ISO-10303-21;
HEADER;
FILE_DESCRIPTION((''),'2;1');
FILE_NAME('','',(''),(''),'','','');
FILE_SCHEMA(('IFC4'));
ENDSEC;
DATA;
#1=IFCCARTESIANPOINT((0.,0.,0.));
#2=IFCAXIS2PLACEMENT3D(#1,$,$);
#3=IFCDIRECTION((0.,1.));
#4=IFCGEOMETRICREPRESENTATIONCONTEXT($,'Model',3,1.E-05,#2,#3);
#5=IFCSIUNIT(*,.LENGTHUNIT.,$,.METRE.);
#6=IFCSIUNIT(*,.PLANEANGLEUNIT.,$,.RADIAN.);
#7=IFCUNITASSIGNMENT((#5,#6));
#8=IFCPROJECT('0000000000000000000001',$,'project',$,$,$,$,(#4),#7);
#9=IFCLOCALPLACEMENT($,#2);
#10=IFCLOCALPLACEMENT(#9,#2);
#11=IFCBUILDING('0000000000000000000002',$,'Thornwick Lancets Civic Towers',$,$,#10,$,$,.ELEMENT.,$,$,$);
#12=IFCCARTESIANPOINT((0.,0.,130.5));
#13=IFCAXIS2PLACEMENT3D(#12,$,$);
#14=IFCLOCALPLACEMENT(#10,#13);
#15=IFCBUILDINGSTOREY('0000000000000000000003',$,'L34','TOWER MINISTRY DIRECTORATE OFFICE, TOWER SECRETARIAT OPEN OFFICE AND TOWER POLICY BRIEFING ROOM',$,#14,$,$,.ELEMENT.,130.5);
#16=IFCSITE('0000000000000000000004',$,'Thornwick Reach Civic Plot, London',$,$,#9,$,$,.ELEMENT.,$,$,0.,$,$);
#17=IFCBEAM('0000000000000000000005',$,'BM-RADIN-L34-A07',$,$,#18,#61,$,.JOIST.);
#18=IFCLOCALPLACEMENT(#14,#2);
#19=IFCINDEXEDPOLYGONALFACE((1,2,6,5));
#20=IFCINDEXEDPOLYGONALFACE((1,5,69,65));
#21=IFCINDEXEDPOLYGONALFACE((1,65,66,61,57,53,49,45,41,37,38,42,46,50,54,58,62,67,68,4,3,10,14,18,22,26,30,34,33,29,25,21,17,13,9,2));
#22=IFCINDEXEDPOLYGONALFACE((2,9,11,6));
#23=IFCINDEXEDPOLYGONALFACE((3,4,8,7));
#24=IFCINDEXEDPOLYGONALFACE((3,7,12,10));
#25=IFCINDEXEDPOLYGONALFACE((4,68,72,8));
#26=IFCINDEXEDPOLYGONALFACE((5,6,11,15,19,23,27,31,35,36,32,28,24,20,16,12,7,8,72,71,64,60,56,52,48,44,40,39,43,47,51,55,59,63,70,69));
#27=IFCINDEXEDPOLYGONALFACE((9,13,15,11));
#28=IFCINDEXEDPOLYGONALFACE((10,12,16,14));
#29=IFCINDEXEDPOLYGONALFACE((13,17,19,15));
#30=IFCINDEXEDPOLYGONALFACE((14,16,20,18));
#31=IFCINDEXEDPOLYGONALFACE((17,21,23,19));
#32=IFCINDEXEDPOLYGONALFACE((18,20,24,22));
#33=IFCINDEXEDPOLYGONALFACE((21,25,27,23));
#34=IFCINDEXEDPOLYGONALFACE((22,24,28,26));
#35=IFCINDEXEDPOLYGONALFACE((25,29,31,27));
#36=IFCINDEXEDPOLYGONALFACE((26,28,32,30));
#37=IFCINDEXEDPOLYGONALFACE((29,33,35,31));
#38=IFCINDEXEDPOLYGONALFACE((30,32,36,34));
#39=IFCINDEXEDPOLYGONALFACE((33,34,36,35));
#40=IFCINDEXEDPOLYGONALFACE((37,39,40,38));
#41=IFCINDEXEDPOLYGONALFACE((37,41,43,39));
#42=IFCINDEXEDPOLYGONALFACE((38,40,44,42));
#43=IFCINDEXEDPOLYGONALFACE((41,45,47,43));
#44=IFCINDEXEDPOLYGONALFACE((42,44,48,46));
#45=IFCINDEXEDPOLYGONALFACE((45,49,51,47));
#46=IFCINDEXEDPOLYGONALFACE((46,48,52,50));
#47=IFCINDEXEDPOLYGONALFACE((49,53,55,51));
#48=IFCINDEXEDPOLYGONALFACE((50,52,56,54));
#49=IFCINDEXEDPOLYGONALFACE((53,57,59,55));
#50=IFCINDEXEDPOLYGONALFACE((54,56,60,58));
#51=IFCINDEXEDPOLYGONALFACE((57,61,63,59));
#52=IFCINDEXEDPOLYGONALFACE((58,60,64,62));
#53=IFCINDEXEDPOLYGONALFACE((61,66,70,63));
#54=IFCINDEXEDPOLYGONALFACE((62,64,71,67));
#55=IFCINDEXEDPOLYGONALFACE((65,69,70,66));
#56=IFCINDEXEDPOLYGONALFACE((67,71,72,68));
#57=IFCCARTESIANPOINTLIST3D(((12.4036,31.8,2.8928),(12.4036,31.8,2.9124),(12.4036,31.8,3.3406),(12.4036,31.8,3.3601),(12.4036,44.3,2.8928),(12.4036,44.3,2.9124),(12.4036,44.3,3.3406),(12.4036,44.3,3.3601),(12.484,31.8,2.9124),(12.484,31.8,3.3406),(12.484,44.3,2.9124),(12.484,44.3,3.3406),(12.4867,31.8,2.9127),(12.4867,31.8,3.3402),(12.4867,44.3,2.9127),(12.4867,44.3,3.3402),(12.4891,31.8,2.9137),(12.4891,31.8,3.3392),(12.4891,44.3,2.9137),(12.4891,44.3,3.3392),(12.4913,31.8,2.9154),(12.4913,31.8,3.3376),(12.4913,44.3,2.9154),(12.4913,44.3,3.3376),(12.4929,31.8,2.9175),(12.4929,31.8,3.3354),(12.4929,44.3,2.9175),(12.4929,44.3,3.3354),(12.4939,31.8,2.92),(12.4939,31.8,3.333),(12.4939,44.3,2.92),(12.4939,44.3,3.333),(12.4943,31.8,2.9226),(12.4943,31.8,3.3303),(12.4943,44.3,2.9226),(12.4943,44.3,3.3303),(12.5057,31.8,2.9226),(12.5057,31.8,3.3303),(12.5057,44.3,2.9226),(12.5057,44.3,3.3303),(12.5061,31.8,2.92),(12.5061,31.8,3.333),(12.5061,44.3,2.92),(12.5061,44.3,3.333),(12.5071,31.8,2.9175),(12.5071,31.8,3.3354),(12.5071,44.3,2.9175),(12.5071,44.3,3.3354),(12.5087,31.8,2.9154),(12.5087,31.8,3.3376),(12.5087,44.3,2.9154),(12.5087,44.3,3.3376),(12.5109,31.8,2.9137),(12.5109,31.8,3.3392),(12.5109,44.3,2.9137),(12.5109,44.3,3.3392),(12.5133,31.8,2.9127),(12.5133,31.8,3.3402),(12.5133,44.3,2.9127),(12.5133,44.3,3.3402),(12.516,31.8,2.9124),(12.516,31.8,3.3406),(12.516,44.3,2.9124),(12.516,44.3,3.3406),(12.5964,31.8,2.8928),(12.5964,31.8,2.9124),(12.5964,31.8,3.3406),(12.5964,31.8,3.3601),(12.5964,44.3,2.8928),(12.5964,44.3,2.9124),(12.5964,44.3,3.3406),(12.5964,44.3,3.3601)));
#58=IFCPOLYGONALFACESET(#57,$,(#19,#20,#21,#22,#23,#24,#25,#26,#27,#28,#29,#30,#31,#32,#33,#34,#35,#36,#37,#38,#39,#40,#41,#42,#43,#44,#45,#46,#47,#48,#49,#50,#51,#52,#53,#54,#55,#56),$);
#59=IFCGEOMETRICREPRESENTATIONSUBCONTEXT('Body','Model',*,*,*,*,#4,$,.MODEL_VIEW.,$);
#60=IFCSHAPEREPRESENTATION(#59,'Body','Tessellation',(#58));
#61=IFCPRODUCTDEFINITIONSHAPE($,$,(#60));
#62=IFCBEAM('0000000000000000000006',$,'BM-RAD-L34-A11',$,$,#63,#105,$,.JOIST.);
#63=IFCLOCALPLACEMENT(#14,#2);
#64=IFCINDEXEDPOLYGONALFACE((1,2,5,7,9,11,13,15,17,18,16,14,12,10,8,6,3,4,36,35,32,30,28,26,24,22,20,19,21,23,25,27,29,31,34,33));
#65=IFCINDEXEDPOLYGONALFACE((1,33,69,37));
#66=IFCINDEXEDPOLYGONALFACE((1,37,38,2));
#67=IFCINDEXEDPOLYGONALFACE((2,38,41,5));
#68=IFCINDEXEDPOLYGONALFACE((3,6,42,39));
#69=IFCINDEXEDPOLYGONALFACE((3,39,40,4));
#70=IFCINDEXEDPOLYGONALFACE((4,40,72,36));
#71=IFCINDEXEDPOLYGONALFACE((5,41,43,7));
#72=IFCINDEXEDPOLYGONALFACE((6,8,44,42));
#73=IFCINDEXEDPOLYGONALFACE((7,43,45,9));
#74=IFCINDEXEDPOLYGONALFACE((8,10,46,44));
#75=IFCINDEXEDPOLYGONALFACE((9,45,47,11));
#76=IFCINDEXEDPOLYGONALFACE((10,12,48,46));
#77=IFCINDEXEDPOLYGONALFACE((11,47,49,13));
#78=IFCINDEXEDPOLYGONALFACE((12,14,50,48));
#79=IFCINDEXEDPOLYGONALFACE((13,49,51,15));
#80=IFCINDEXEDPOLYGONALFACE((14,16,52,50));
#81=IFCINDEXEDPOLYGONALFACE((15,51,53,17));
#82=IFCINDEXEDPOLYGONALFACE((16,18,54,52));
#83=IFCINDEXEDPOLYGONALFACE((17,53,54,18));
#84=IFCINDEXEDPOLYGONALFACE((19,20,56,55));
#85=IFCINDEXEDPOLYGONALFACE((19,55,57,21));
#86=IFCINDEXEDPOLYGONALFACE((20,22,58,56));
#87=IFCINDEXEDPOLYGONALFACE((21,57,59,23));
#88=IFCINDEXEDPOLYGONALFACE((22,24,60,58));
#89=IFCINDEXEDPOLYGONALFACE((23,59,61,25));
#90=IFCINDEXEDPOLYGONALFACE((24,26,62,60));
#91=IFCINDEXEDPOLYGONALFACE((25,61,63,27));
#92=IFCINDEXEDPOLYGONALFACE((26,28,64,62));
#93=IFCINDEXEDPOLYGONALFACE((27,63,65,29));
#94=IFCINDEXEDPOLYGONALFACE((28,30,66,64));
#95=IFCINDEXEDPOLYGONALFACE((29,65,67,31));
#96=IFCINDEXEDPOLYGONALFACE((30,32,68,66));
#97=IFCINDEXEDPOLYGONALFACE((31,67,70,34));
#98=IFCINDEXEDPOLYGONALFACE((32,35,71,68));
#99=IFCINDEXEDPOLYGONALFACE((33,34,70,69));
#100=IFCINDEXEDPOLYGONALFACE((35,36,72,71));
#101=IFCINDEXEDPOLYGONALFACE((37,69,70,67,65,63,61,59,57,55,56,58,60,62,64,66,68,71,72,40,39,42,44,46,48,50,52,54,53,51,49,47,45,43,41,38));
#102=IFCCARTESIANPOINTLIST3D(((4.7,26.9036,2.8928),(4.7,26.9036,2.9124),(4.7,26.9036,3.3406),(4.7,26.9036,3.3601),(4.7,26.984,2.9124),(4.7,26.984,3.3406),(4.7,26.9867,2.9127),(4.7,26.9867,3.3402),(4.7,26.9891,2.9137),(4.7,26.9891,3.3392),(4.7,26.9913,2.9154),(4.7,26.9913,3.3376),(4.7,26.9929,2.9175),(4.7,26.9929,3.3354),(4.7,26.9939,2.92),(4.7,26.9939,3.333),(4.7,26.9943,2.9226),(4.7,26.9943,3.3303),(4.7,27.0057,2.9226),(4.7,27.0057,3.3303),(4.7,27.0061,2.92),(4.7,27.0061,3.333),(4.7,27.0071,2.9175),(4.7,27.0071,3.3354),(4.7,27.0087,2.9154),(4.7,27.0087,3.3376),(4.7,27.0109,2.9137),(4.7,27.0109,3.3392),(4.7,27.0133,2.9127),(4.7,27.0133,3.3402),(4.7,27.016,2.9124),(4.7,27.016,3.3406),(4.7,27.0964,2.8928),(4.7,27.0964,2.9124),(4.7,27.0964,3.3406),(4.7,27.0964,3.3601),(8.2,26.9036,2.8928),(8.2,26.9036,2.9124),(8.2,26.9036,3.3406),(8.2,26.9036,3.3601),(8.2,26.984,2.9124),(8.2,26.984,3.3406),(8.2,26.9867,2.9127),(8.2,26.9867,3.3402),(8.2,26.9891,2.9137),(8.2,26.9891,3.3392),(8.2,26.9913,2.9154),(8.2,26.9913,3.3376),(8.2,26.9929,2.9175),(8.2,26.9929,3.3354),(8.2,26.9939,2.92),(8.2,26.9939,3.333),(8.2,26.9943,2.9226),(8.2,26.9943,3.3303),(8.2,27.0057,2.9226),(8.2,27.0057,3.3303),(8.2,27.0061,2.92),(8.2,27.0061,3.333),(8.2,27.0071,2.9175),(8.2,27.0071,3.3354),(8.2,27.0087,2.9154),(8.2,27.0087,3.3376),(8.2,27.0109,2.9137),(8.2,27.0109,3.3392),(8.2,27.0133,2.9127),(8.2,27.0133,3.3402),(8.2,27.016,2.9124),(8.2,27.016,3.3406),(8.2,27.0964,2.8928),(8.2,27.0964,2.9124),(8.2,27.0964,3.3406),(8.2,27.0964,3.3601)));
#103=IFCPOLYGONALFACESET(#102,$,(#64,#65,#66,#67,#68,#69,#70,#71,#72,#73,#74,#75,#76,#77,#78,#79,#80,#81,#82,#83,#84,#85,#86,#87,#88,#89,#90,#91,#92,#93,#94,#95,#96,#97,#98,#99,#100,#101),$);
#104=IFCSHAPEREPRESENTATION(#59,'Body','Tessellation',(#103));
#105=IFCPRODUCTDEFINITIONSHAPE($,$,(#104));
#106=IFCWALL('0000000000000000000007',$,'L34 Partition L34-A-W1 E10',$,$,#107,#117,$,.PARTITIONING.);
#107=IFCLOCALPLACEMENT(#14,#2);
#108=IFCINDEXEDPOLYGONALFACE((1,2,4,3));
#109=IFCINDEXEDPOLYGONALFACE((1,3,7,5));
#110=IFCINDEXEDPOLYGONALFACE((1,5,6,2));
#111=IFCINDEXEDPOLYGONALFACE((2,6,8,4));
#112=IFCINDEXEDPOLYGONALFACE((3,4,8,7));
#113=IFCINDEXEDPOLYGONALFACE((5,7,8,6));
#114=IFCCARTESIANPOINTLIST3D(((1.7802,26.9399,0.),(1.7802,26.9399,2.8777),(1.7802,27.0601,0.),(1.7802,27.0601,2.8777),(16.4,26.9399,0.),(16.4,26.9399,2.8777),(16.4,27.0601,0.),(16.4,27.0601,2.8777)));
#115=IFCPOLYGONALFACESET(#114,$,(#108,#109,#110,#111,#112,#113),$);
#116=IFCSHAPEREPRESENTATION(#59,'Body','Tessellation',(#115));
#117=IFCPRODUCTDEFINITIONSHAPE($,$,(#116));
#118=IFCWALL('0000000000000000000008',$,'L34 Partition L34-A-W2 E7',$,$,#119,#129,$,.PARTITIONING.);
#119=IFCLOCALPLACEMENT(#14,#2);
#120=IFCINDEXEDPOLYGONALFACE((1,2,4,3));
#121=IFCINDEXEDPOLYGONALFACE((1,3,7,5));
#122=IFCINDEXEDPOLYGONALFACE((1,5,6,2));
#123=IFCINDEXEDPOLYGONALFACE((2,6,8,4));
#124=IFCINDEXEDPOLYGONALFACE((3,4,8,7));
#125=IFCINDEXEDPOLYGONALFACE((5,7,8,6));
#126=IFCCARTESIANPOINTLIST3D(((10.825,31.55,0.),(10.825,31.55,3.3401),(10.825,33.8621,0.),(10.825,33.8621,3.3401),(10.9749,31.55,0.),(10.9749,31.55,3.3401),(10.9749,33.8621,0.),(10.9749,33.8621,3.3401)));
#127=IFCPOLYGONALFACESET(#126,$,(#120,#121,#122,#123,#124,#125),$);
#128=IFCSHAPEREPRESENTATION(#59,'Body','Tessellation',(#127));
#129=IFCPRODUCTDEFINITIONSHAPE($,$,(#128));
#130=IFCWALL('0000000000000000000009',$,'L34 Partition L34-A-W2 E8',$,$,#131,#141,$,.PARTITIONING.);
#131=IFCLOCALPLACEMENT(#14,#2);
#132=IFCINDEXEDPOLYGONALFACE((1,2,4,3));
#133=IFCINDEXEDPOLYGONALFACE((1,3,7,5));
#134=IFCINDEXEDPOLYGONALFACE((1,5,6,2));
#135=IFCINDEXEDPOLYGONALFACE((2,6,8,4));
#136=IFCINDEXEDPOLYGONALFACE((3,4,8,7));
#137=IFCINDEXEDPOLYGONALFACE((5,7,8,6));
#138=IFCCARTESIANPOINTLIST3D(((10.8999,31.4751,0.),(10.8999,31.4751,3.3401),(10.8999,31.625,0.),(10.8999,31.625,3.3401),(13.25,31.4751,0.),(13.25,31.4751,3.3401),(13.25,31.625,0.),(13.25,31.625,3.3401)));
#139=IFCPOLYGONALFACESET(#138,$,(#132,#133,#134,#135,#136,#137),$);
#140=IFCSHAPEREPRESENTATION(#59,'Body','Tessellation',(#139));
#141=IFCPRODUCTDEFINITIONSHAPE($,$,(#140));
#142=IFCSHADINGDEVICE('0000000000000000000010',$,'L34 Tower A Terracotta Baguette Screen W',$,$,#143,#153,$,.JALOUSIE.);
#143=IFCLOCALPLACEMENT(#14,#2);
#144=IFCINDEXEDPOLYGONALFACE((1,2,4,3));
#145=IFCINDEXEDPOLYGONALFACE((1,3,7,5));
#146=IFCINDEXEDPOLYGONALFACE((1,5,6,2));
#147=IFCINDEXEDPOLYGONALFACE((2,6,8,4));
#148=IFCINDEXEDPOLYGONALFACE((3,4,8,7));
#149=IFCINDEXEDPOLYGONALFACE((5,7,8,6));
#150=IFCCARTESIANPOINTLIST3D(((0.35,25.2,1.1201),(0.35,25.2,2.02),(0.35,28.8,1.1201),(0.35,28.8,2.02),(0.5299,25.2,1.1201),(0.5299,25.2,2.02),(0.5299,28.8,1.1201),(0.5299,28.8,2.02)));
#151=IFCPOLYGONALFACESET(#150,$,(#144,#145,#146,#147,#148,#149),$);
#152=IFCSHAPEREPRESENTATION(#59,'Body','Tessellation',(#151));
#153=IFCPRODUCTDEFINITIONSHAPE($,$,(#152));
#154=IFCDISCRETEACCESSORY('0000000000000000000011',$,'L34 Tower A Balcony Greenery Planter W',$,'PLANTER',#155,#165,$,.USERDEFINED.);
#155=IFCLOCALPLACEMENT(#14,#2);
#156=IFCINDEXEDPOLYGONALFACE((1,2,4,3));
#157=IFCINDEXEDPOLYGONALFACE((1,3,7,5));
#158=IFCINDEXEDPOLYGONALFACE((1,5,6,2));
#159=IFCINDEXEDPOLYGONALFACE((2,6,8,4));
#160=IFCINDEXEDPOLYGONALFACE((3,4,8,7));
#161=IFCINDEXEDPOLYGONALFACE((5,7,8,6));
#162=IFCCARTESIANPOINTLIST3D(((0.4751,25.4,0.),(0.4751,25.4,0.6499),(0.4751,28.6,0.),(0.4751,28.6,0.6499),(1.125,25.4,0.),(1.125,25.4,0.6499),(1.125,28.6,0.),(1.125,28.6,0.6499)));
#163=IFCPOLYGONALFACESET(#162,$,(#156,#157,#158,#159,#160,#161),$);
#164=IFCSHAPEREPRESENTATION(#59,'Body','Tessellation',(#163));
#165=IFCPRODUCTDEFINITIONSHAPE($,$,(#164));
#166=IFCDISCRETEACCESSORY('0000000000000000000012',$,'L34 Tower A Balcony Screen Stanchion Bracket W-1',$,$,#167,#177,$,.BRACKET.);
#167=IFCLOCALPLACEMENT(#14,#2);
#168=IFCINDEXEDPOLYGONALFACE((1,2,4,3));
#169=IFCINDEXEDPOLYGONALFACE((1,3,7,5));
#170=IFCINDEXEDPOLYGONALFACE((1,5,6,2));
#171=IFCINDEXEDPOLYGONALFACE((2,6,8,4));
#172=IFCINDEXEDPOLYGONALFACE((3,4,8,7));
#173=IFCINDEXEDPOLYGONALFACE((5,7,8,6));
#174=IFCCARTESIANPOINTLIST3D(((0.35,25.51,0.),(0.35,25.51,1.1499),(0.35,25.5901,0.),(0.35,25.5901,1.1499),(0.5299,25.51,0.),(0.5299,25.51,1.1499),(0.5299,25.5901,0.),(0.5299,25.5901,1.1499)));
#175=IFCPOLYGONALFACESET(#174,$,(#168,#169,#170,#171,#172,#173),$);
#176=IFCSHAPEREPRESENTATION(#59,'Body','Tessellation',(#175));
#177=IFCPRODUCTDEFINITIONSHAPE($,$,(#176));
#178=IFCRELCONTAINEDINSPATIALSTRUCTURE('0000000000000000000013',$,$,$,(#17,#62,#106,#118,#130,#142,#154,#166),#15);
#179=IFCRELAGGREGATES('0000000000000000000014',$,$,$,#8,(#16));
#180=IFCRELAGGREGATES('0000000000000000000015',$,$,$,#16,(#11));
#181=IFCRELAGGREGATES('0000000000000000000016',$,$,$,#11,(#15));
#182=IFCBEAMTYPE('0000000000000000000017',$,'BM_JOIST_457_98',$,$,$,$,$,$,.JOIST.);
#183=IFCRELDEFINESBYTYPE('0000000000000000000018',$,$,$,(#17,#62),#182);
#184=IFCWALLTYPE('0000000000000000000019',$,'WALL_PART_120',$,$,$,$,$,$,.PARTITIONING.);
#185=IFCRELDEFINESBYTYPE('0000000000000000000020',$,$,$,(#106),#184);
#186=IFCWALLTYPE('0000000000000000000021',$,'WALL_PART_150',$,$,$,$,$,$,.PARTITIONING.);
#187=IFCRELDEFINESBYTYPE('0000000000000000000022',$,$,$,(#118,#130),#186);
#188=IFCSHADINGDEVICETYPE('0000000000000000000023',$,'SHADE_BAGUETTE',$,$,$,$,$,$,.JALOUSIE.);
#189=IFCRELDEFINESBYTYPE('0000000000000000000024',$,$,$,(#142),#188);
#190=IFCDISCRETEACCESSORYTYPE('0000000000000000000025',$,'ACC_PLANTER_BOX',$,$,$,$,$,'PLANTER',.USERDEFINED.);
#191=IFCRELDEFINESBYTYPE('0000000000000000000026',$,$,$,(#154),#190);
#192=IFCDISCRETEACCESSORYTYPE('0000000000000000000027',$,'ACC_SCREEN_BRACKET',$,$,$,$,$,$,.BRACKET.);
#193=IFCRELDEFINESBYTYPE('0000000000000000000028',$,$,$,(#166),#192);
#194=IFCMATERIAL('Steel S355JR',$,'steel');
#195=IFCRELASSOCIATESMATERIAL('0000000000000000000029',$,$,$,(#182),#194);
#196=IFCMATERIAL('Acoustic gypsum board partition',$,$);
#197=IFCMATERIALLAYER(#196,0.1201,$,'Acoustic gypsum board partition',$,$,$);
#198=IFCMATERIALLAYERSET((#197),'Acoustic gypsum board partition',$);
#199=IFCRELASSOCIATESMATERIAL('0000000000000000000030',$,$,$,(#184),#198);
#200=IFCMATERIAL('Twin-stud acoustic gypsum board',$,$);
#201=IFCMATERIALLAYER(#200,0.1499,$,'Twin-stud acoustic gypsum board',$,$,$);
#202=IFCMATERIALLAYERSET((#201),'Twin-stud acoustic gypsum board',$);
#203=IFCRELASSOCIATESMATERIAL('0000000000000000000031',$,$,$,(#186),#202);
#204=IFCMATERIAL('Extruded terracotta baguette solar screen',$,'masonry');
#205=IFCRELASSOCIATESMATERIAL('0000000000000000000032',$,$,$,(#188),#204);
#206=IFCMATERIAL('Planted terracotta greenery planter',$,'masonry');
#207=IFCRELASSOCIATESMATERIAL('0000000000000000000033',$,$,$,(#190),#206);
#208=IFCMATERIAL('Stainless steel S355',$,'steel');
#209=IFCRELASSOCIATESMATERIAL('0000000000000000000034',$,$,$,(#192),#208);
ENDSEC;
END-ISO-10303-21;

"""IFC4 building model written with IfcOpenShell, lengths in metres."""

from ifc_helpers import new_model, si_unit, direction, frame, frame_2d, origin, origin_2d, place, context, subcontext, project, spatial, rectangle, i_section, extrude, material, layer, layer_set, material_profile, profile_set, type_object, element, save


model = new_model("IFC4")

# Units and contexts
model_context = context("Model", 3, precision=1e-05, world=origin(), true_north=direction((0.0, 1.0)))
body_context = subcontext(model_context, "Body", "Model", "MODEL_VIEW")
ifc_project = project(units=[si_unit("LENGTHUNIT", "METRE"), si_unit("PLANEANGLEUNIT", "RADIAN")], contexts=[model_context])

# Site, building, storey
site_placement = place(None, origin())
site = spatial("IfcSite", under=ifc_project, at=site_placement, Name="Thornwick Reach Civic Plot, London", CompositionType="ELEMENT", RefElevation=0.0)
building_placement = place(site_placement, origin())
building = spatial("IfcBuilding", under=site, at=building_placement, Name="Thornwick Lancets Civic Towers", CompositionType="ELEMENT")
storey_placement = place(building_placement, frame((0.0, 0.0, 130.5)))
storey = spatial("IfcBuildingStorey", under=building, at=storey_placement, Name="L34", Description="TOWER MINISTRY DIRECTORATE OFFICE, TOWER SECRETARIAT OPEN OFFICE AND TOWER POLICY BRIEFING ROOM", CompositionType="ELEMENT", Elevation=130.5)

# Beams
ifc_material_1 = material(Name="Steel S355JR", Category="steel")
ifc_material_profile_1 = material_profile(ifc_material_1, i_section(OverallWidth=0.1929, OverallDepth=0.4673, WebThickness=0.0115, FlangeThickness=0.0195, FilletRadius=0.0103, at=origin_2d()), Name="UKB 457x191x98")
ifc_profile_set_1 = profile_set([ifc_material_profile_1], Name="Steel S355JR")
beam_type_1 = type_object("IfcBeamType", Name="BM_JOIST_457_98", PredefinedType="JOIST", material=ifc_profile_set_1)
beam_1_placement = place(storey_placement, frame((12.5, 31.8, 3.1265), z_axis=(0.0, 1.0, 0.0), x_axis=(-1.0, 0.0, 0.0)))
element("IfcBeam", 1, at=beam_1_placement, inside=storey, type_object=beam_type_1, Name="BM-RADIN-L34-A07", PredefinedType="JOIST", context=body_context, shape_type="SweptSolid", body=[
    extrude(i_section(OverallWidth=0.1929, OverallDepth=0.4673, WebThickness=0.0115, FlangeThickness=0.0195, FilletRadius=0.0103, at=origin_2d()), origin(), (0.0, 0.0, 1.0), 12.5),
])
beam_2_placement = place(storey_placement, frame((8.2, 27.0, 3.1265), z_axis=(-1.0, 0.0, 0.0), x_axis=(0.0, -1.0, 0.0)))
element("IfcBeam", 2, at=beam_2_placement, inside=storey, type_object=beam_type_1, Name="BM-RAD-L34-A11", PredefinedType="JOIST", context=body_context, shape_type="SweptSolid", body=[
    extrude(i_section(OverallWidth=0.1929, OverallDepth=0.4673, WebThickness=0.0115, FlangeThickness=0.0195, FilletRadius=0.0103, at=origin_2d()), origin(), (0.0, 0.0, 1.0), 3.5),
])

# Walls
ifc_material_2 = material(Name="Acoustic gypsum board partition")
ifc_layer_1 = layer(ifc_material_2, 0.1201, Name="Acoustic gypsum board partition")
ifc_layer_set_1 = layer_set([ifc_layer_1], Name="Acoustic gypsum board partition")
wall_type_1 = type_object("IfcWallType", Name="WALL_PART_120", PredefinedType="PARTITIONING", material=ifc_layer_set_1)
wall_1_placement = place(storey_placement, frame((1.78, 27.0, 0.0), z_axis=(0.0, 0.0, 1.0), x_axis=(1.0, 0.0, 0.0)))
element("IfcWall", 3, at=wall_1_placement, inside=storey, type_object=wall_type_1, Name="L34 Partition L34-A-W1 E10", PredefinedType="PARTITIONING", context=body_context, shape_type="SweptSolid", body=[
    extrude(rectangle(XDim=14.6199, YDim=0.1201, at=frame_2d((7.3101, 0.0))), origin(), (0.0, 0.0, 1.0), 2.8777),
])
ifc_material_3 = material(Name="Twin-stud acoustic gypsum board")
ifc_layer_2 = layer(ifc_material_3, 0.1499, Name="Twin-stud acoustic gypsum board")
ifc_layer_set_2 = layer_set([ifc_layer_2], Name="Twin-stud acoustic gypsum board")
wall_type_2 = type_object("IfcWallType", Name="WALL_PART_150", PredefinedType="PARTITIONING", material=ifc_layer_set_2)
wall_2_placement = place(storey_placement, frame((10.8999, 33.8621, 0.0), z_axis=(0.0, 0.0, 1.0), x_axis=(0.0, -1.0, 0.0)))
element("IfcWall", 4, at=wall_2_placement, inside=storey, type_object=wall_type_2, Name="L34 Partition L34-A-W2 E7", PredefinedType="PARTITIONING", context=body_context, shape_type="SweptSolid", body=[
    extrude(rectangle(XDim=2.312, YDim=0.1499, at=frame_2d((1.156, 0.0))), origin(), (0.0, 0.0, 1.0), 3.3401),
])
wall_3_placement = place(storey_placement, frame((10.8999, 31.55, 0.0), z_axis=(0.0, 0.0, 1.0), x_axis=(1.0, 0.0, 0.0)))
element("IfcWall", 5, at=wall_3_placement, inside=storey, type_object=wall_type_2, Name="L34 Partition L34-A-W2 E8", PredefinedType="PARTITIONING", context=body_context, shape_type="SweptSolid", body=[
    extrude(rectangle(XDim=2.3501, YDim=0.1499, at=frame_2d((1.175, 0.0))), origin(), (0.0, 0.0, 1.0), 3.3401),
])

# Shading device
ifc_material_4 = material(Name="Extruded terracotta baguette solar screen", Category="masonry")
shading_device_type = type_object("IfcShadingDeviceType", Name="SHADE_BAGUETTE", PredefinedType="JALOUSIE", material=ifc_material_4)
shading_device_placement = place(storey_placement, frame((0.4399, 27.0, 1.1201), z_axis=(0.0, 0.0, 1.0), x_axis=(0.0, 1.0, 0.0)))
element("IfcShadingDevice", 6, at=shading_device_placement, inside=storey, type_object=shading_device_type, Name="L34 Tower A Terracotta Baguette Screen W", PredefinedType="JALOUSIE", context=body_context, shape_type="SweptSolid", body=[
    extrude(rectangle(XDim=3.6001, YDim=0.1799, at=origin_2d()), origin(), (0.0, 0.0, 1.0), 0.8999),
])

# Discrete accessories
ifc_material_5 = material(Name="Planted terracotta greenery planter", Category="masonry")
discrete_accessory_type_1 = type_object("IfcDiscreteAccessoryType", Name="ACC_PLANTER_BOX", ElementType="PLANTER", PredefinedType="USERDEFINED", material=ifc_material_5)
discrete_accessory_1_placement = place(storey_placement, frame((0.8, 27.0, 0.0), z_axis=(0.0, 0.0, 1.0), x_axis=(1.0, 0.0, 0.0)))
element("IfcDiscreteAccessory", 7, at=discrete_accessory_1_placement, inside=storey, type_object=discrete_accessory_type_1, Name="L34 Tower A Balcony Greenery Planter W", ObjectType="PLANTER", PredefinedType="USERDEFINED", context=body_context, shape_type="SweptSolid", body=[
    extrude(rectangle(XDim=0.6499, YDim=3.2, at=origin_2d()), origin(), (0.0, 0.0, 1.0), 0.6499),
])
ifc_material_6 = material(Name="Stainless steel S355", Category="steel")
discrete_accessory_type_2 = type_object("IfcDiscreteAccessoryType", Name="ACC_SCREEN_BRACKET", PredefinedType="BRACKET", material=ifc_material_6)
discrete_accessory_2_placement = place(storey_placement, frame((0.4399, 25.55, 0.0), z_axis=(0.0, 0.0, 1.0), x_axis=(0.0, 1.0, 0.0)))
element("IfcDiscreteAccessory", 8, at=discrete_accessory_2_placement, inside=storey, type_object=discrete_accessory_type_2, Name="L34 Tower A Balcony Screen Stanchion Bracket W-1", PredefinedType="BRACKET", context=body_context, shape_type="SweptSolid", body=[
    extrude(rectangle(XDim=0.0801, YDim=0.1799, at=origin_2d()), origin(), (0.0, 0.0, 1.0), 1.1499),
])

save(model, "model.ifc")
